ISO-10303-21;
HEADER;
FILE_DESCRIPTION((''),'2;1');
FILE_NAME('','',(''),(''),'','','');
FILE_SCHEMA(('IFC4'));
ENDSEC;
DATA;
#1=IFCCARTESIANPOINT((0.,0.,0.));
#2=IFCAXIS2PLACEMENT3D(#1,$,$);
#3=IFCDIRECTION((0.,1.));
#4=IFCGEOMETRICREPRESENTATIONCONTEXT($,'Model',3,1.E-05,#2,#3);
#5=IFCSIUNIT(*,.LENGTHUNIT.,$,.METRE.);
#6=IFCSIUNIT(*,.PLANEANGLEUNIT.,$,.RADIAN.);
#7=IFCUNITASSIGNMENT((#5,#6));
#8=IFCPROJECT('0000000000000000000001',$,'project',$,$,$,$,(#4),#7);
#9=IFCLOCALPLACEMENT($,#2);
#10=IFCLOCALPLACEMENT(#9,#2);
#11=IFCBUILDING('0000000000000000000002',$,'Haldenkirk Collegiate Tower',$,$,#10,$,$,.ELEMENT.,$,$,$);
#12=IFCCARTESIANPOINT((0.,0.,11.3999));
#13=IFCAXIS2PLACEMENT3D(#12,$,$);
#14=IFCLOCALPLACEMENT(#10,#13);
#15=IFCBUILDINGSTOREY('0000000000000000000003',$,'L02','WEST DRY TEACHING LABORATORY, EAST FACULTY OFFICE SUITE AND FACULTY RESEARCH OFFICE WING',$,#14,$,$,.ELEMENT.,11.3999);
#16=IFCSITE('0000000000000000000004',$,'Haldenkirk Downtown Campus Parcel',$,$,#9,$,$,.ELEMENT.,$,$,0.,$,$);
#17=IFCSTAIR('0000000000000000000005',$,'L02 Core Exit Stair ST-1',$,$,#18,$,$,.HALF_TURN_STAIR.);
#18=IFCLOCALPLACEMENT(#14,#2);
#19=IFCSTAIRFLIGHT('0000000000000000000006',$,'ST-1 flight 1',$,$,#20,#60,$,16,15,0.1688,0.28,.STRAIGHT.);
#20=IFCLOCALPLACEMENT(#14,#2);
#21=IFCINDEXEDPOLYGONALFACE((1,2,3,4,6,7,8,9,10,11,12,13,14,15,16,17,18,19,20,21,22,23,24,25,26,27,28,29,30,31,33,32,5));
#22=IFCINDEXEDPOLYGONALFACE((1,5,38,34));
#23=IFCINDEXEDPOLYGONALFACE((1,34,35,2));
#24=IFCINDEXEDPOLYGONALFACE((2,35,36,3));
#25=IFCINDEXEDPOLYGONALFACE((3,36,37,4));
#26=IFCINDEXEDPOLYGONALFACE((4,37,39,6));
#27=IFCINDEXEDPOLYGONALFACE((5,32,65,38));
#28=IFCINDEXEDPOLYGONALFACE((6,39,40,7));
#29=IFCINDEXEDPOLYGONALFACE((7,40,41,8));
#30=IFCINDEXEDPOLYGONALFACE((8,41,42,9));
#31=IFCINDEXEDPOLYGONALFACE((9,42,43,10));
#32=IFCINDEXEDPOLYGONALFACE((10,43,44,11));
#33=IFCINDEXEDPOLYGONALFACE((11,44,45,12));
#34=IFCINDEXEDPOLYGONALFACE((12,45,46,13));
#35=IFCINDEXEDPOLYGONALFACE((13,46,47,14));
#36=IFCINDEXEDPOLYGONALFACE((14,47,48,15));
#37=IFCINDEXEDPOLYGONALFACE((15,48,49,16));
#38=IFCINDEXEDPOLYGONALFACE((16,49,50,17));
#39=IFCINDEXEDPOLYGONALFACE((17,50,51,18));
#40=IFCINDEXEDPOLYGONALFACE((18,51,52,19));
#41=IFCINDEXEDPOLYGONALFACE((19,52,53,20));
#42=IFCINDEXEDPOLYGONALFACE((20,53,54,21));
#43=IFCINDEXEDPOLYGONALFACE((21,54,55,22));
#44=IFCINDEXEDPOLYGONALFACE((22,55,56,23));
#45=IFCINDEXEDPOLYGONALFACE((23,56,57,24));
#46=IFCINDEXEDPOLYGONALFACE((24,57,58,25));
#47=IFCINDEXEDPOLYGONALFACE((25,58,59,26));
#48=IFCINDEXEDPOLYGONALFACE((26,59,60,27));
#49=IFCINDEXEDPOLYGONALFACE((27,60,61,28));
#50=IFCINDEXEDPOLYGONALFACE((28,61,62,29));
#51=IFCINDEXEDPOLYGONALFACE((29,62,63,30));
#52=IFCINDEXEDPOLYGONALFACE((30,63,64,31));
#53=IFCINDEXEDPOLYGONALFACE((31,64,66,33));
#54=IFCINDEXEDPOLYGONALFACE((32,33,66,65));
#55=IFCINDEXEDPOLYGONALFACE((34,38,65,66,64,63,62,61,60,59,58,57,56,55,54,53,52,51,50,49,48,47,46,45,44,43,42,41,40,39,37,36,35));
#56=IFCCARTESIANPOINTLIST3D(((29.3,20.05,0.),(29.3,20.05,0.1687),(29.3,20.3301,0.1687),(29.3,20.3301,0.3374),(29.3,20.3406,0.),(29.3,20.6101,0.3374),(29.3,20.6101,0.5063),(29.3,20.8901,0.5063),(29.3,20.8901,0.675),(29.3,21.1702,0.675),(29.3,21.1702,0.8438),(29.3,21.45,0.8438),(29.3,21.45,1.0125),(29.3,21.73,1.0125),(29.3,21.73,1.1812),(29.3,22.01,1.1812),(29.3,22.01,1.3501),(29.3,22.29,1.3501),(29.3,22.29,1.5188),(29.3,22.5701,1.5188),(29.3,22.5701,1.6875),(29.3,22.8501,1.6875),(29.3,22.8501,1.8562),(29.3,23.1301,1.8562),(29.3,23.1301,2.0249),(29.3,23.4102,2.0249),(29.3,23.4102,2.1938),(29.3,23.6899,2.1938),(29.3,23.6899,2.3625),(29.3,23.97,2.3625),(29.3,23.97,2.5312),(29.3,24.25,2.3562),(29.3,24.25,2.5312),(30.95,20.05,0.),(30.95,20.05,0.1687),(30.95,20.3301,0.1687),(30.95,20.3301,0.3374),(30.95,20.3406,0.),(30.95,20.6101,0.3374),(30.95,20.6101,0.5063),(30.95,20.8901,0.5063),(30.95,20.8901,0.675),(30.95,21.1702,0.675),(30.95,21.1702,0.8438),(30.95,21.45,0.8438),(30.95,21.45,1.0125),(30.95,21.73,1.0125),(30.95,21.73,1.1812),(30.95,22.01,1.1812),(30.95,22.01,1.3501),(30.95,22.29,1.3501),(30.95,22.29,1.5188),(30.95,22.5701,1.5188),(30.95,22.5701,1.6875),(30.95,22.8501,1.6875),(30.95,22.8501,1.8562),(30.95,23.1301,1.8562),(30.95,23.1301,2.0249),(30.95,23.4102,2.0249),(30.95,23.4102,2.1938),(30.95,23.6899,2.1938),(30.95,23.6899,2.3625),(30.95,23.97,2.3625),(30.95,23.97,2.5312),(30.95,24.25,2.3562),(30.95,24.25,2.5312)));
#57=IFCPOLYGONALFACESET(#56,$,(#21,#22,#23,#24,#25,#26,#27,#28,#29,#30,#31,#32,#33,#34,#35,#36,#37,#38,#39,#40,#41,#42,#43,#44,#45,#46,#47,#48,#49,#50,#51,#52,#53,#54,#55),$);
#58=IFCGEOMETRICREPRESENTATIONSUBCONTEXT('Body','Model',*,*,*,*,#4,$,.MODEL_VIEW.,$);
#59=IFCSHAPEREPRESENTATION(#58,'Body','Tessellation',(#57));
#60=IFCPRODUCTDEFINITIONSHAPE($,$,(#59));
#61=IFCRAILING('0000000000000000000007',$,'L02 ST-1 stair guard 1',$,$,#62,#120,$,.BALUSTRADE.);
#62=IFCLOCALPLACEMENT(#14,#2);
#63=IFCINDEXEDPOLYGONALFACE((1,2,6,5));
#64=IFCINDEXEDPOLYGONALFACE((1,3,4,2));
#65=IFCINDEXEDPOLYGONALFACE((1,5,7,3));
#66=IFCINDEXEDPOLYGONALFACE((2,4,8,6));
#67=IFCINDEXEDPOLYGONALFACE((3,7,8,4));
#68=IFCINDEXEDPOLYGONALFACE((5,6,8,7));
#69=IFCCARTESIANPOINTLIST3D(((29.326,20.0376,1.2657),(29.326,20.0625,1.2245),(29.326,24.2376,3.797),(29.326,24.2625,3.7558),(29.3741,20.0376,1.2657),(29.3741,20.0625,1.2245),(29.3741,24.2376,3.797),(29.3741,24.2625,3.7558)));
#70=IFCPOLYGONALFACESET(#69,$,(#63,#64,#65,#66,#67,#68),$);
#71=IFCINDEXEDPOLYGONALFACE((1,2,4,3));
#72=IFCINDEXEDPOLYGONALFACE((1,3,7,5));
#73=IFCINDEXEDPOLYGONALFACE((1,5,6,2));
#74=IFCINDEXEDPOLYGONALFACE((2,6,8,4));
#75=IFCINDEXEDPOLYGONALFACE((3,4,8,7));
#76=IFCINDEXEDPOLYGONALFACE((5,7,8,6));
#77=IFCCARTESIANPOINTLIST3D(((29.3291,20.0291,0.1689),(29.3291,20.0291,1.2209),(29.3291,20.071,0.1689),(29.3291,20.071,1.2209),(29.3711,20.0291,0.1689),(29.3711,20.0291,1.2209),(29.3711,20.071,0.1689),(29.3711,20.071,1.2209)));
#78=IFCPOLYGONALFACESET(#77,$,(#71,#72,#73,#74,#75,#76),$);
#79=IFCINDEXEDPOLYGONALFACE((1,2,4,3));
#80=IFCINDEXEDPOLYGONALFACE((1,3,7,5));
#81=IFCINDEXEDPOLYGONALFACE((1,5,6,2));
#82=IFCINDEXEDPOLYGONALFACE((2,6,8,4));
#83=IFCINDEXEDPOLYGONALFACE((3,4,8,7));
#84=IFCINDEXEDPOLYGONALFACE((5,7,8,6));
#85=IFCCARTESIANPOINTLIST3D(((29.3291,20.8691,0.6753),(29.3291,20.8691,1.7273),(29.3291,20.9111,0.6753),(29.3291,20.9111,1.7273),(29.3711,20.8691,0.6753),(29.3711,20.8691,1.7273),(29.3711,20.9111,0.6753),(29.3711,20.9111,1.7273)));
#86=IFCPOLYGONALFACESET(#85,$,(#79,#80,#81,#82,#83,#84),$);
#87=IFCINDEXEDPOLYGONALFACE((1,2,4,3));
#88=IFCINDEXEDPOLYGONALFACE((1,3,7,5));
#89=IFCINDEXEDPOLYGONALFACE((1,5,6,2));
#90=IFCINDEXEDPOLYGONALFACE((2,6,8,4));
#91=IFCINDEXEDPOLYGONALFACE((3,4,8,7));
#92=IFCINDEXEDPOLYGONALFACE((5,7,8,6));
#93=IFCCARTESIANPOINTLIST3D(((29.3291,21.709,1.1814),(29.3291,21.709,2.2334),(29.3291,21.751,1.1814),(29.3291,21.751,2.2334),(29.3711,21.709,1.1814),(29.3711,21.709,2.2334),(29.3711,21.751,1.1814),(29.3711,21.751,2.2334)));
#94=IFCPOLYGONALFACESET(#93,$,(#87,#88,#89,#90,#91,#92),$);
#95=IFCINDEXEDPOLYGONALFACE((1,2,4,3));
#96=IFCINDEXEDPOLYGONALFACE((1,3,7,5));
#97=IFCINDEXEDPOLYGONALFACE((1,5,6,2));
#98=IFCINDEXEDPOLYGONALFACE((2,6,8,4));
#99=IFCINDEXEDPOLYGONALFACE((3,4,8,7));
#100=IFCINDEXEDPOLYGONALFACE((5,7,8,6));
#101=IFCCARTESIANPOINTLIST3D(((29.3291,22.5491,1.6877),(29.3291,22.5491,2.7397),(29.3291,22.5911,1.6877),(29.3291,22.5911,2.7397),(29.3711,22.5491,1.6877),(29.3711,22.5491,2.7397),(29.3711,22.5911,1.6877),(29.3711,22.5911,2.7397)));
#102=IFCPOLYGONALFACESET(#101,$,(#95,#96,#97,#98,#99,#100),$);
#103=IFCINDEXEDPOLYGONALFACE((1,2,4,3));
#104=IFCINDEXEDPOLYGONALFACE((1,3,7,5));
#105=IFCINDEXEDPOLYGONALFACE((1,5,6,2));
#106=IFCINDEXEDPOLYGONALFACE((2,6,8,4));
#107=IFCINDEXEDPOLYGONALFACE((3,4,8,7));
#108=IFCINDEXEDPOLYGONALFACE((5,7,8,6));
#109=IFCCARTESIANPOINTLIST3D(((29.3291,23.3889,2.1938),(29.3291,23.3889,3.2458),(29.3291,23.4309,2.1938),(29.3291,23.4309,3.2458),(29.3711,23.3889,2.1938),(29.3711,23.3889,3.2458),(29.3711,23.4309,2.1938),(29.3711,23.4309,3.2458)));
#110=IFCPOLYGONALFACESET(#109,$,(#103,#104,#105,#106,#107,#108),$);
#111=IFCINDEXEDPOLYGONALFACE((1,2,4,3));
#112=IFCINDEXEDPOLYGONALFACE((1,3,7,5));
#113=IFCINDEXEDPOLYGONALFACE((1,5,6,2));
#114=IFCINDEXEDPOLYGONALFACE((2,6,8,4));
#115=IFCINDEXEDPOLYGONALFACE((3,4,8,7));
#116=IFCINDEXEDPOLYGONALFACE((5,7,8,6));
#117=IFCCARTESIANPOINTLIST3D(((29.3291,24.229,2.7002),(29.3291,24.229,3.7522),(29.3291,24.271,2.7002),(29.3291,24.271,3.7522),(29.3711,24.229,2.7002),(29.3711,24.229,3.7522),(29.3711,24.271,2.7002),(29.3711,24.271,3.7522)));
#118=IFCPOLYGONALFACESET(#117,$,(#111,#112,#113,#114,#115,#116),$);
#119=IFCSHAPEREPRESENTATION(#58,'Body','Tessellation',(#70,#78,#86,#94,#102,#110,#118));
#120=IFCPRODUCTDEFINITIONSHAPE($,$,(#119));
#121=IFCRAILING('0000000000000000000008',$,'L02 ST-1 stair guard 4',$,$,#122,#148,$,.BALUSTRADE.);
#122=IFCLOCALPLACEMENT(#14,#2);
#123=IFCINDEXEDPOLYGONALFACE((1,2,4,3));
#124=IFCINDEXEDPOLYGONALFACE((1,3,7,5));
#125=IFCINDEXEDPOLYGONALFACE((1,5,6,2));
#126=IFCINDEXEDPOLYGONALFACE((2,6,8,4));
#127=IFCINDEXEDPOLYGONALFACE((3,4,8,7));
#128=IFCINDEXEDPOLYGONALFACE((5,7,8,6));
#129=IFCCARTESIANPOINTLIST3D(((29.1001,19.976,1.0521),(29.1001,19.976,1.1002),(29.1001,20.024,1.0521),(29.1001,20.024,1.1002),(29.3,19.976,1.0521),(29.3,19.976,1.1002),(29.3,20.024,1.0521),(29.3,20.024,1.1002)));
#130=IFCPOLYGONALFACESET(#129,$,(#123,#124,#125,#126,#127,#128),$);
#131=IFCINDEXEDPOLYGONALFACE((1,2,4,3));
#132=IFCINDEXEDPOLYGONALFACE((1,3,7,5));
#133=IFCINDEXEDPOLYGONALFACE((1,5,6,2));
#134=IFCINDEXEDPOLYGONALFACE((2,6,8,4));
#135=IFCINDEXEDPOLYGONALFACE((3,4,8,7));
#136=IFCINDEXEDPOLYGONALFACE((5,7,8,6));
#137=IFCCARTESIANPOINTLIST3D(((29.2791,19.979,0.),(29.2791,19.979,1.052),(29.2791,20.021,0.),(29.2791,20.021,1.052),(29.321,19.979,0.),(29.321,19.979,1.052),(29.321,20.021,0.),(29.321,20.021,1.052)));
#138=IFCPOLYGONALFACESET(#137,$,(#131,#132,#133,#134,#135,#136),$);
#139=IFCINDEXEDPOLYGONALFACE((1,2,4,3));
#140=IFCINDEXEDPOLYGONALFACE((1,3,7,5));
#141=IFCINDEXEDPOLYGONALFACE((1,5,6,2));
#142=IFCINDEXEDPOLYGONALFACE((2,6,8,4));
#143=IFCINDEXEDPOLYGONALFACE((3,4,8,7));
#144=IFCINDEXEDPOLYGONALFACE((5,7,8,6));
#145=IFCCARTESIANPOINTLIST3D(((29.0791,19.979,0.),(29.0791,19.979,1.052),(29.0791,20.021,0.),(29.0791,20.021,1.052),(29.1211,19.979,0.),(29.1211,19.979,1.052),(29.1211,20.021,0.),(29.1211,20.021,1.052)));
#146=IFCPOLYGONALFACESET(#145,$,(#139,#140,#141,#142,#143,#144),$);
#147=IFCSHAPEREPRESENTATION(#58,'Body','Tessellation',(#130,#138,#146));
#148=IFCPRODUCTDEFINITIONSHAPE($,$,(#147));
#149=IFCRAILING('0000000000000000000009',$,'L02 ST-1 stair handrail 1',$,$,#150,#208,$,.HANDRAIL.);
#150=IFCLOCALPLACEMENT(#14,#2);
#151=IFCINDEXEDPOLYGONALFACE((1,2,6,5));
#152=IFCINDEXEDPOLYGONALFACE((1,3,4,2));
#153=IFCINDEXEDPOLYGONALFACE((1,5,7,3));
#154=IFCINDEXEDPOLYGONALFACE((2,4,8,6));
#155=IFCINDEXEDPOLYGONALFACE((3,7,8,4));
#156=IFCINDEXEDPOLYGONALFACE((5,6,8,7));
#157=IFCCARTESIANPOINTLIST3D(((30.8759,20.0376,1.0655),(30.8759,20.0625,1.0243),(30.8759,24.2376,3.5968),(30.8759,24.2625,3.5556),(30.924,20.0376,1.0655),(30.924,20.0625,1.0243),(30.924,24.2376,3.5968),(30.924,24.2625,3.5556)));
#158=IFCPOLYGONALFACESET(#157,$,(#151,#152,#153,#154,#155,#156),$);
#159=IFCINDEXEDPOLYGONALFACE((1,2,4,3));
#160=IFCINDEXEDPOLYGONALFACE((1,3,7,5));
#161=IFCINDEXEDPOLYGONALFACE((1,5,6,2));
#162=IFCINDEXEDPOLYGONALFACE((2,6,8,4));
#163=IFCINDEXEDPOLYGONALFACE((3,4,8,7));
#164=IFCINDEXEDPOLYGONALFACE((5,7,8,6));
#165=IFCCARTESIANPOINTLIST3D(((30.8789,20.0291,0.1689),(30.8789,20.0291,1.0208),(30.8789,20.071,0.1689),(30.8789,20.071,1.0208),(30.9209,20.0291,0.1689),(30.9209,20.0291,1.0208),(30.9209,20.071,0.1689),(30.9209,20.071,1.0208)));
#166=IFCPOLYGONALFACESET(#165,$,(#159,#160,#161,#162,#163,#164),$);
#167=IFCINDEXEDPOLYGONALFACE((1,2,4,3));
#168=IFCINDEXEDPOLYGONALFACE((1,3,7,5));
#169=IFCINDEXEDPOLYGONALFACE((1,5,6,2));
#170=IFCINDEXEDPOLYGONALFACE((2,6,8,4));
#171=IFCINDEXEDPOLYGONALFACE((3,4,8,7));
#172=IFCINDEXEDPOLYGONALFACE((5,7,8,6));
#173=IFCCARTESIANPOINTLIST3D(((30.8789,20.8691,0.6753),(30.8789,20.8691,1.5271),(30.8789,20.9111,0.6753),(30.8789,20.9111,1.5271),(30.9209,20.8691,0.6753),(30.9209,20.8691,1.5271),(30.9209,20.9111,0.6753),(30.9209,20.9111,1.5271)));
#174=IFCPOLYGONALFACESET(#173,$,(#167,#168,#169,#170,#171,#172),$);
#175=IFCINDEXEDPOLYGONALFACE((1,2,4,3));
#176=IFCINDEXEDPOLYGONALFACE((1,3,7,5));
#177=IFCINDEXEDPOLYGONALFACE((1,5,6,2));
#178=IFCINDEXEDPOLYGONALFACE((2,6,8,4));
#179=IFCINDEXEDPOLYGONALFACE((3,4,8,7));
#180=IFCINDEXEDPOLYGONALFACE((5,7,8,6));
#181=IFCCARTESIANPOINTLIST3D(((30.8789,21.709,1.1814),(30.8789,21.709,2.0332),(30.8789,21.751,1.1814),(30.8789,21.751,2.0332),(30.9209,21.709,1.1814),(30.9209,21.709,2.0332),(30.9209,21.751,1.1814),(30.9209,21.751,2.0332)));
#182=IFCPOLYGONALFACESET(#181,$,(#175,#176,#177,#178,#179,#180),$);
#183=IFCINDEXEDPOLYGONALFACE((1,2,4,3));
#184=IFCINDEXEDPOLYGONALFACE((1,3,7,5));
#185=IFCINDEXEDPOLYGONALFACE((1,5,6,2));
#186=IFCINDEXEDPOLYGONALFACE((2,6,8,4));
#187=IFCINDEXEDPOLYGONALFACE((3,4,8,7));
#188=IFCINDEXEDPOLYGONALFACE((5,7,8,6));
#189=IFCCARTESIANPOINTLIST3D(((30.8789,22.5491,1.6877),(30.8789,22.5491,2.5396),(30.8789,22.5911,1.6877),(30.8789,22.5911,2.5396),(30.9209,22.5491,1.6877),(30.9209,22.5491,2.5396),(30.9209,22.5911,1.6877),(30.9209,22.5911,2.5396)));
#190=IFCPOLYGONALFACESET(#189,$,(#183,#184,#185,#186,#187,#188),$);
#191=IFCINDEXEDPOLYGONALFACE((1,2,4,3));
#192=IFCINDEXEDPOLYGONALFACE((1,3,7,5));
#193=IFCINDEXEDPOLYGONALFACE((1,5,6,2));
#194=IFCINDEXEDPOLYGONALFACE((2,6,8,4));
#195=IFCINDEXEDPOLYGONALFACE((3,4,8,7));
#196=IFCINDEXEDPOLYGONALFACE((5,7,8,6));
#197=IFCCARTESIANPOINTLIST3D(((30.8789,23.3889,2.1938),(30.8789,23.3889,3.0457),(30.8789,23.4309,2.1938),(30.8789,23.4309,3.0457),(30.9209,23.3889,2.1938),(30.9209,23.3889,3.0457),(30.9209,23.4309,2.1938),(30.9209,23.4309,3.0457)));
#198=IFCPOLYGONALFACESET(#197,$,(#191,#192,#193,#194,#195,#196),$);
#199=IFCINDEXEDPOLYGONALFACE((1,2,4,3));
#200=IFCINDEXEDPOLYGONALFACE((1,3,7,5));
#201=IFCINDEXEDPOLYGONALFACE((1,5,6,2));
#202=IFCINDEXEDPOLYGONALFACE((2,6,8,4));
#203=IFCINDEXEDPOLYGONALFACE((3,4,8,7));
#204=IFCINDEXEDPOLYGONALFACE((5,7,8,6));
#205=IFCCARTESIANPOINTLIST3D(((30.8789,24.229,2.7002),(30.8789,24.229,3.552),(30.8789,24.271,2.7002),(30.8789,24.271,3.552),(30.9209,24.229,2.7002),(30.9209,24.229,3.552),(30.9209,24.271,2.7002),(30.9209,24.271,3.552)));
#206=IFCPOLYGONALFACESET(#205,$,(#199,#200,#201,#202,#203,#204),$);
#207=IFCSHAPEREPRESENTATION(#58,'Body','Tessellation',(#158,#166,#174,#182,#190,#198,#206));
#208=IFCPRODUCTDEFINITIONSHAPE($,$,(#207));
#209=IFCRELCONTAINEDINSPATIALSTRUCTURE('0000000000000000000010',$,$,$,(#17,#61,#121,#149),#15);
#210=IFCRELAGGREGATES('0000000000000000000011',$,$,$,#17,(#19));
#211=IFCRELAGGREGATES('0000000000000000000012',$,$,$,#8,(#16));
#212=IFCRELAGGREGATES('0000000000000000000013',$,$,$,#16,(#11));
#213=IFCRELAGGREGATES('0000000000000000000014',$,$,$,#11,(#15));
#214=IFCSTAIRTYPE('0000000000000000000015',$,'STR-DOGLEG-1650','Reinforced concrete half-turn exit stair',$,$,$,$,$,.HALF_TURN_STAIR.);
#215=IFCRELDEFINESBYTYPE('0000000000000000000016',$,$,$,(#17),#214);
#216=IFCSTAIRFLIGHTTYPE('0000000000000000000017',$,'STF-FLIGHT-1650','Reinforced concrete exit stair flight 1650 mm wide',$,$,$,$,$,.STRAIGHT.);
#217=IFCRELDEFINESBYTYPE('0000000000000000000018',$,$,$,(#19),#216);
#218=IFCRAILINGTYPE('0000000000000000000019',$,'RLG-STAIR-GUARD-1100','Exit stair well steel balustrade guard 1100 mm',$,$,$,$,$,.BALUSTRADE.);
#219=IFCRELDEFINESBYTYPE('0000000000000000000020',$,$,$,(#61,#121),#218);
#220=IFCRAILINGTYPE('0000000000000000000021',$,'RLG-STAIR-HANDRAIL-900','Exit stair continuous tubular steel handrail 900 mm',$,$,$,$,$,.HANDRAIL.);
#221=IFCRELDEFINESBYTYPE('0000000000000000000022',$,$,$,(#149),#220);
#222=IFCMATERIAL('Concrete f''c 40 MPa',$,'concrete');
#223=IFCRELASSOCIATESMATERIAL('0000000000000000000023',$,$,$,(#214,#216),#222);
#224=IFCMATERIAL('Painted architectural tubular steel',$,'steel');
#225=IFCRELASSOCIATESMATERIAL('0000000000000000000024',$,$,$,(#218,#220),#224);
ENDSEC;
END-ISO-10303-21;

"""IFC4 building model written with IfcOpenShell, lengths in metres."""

from ifc_helpers import new_model, si_unit, direction, frame, origin, origin_2d, place, context, subcontext, project, spatial, polyline, rectangle, outline, extrude, material, type_object, element, aggregate, save


model = new_model("IFC4")

# Units and contexts
model_context = context("Model", 3, precision=1e-05, world=origin(), true_north=direction((0.0, 1.0)))
body_context = subcontext(model_context, "Body", "Model", "MODEL_VIEW")
ifc_project = project(units=[si_unit("LENGTHUNIT", "METRE"), si_unit("PLANEANGLEUNIT", "RADIAN")], contexts=[model_context])

# Site, building, storey
site_placement = place(None, origin())
site = spatial("IfcSite", under=ifc_project, at=site_placement, Name="Haldenkirk Downtown Campus Parcel", CompositionType="ELEMENT", RefElevation=0.0)
building_placement = place(site_placement, origin())
building = spatial("IfcBuilding", under=site, at=building_placement, Name="Haldenkirk Collegiate Tower", CompositionType="ELEMENT")
storey_placement = place(building_placement, frame((0.0, 0.0, 11.3999)))
storey = spatial("IfcBuildingStorey", under=building, at=storey_placement, Name="L02", Description="WEST DRY TEACHING LABORATORY, EAST FACULTY OFFICE SUITE AND FACULTY RESEARCH OFFICE WING", CompositionType="ELEMENT", Elevation=11.3999)

# Stair, stair flight
ifc_material_1 = material(Name="Concrete f'c 40 MPa", Category="concrete")
stair_type = type_object("IfcStairType", Name="STR-DOGLEG-1650", Description="Reinforced concrete half-turn exit stair", PredefinedType="HALF_TURN_STAIR", material=ifc_material_1)
stair_placement = place(storey_placement, origin())
stair = element("IfcStair", 1, at=stair_placement, inside=storey, type_object=stair_type, Name="L02 Core Exit Stair ST-1", PredefinedType="HALF_TURN_STAIR")
stair_flight_type = type_object("IfcStairFlightType", Name="STF-FLIGHT-1650", Description="Reinforced concrete exit stair flight 1650 mm wide", PredefinedType="STRAIGHT", material=ifc_material_1)
stair_flight_placement = place(storey_placement, frame((30.125, 20.05, 0.0), z_axis=(0.0, 0.0, 1.0), x_axis=(0.0, 1.0, 0.0)))
stair_flight = element("IfcStairFlight", 2, at=stair_flight_placement, type_object=stair_flight_type, Name="ST-1 flight 1", NumberOfRisers=16, NumberOfTreads=15, PredefinedType="STRAIGHT", RiserHeight=0.1688, TreadLength=0.28, context=body_context, shape_type="SweptSolid", body=[
    extrude(outline(polyline([(0.0, 0.0), (0.0, 0.1687), (0.28, 0.1687), (0.28, 0.3374), (0.5601, 0.3374), (0.5601, 0.5063), (0.8401, 0.5063), (0.8401, 0.675), (1.1201, 0.675), (1.1201, 0.8438), (1.3999, 0.8438), (1.3999, 1.0125), (1.6799, 1.0125), (1.6799, 1.1812), (1.96, 1.1812), (1.96, 1.3501), (2.24, 1.3501), (2.24, 1.5188), (2.52, 1.5188), (2.52, 1.6875), (2.8, 1.6875), (2.8, 1.8562), (3.0801, 1.8562), (3.0801, 2.0249), (3.3601, 2.0249), (3.3601, 2.1938), (3.6399, 2.1938), (3.6399, 2.3625), (3.9199, 2.3625), (3.9199, 2.5312), (4.2, 2.5312), (4.2, 2.7), (4.2, 2.3562), (0.2905, 0.0), (0.0, 0.0)])), frame((0.0, 0.825, 0.0), z_axis=(0.0, -1.0, 0.0), x_axis=(1.0, 0.0, 0.0)), (0.0, 0.0, 1.0), 1.6499),
])
aggregate(stair, [stair_flight])

# Railings
ifc_material_2 = material(Name="Painted architectural tubular steel", Category="steel")
railing_type_1 = type_object("IfcRailingType", Name="RLG-STAIR-GUARD-1100", Description="Exit stair well steel balustrade guard 1100 mm", PredefinedType="BALUSTRADE", material=ifc_material_2)
railing_1_placement = place(storey_placement, frame((29.3501, 20.05, 0.1689)))
element("IfcRailing", 3, at=railing_1_placement, inside=storey, type_object=railing_type_1, Name="L02 ST-1 stair guard 1", PredefinedType="BALUSTRADE", context=body_context, shape_type="SweptSolid", body=[
    extrude(rectangle(XDim=0.0481, YDim=0.0481, at=origin_2d()), frame((0.0, 0.0, 1.0762), z_axis=(0.0, 0.856476, 0.516186), x_axis=(-1.0, 0.0, 0.0)), (0.0, 0.0, 1.0), 4.9038),
    extrude(rectangle(XDim=0.042, YDim=0.042, at=origin_2d()), origin(), (0.0, 0.0, 1.0), 1.052),
    extrude(rectangle(XDim=0.042, YDim=0.042, at=origin_2d()), frame((0.0, 0.8401, 0.5063)), (0.0, 0.0, 1.0), 1.052),
    extrude(rectangle(XDim=0.042, YDim=0.042, at=origin_2d()), frame((0.0, 1.6799, 1.0125)), (0.0, 0.0, 1.0), 1.052),
    extrude(rectangle(XDim=0.042, YDim=0.042, at=origin_2d()), frame((0.0, 2.52, 1.5188)), (0.0, 0.0, 1.0), 1.052),
    extrude(rectangle(XDim=0.042, YDim=0.042, at=origin_2d()), frame((0.0, 3.3599, 2.0249)), (0.0, 0.0, 1.0), 1.052),
    extrude(rectangle(XDim=0.042, YDim=0.042, at=origin_2d()), frame((0.0, 4.2, 2.5312)), (0.0, 0.0, 1.0), 1.052),
])
railing_2_placement = place(storey_placement, frame((29.3, 20.0, 0.0)))
element("IfcRailing", 4, at=railing_2_placement, inside=storey, type_object=railing_type_1, Name="L02 ST-1 stair guard 4", PredefinedType="BALUSTRADE", context=body_context, shape_type="SweptSolid", body=[
    extrude(rectangle(XDim=0.0481, YDim=0.0481, at=origin_2d()), frame((0.0, 0.0, 1.0762), z_axis=(-1.0, 0.0, 0.0), x_axis=(0.0, -1.0, 0.0)), (0.0, 0.0, 1.0), 0.2),
    extrude(rectangle(XDim=0.042, YDim=0.042, at=origin_2d()), origin(), (0.0, 0.0, 1.0), 1.052),
    extrude(rectangle(XDim=0.042, YDim=0.042, at=origin_2d()), frame((-0.2, 0.0, 0.0)), (0.0, 0.0, 1.0), 1.052),
])
railing_type_2 = type_object("IfcRailingType", Name="RLG-STAIR-HANDRAIL-900", Description="Exit stair continuous tubular steel handrail 900 mm", PredefinedType="HANDRAIL", material=ifc_material_2)
railing_3_placement = place(storey_placement, frame((30.8999, 20.05, 0.1689)))
element("IfcRailing", 5, at=railing_3_placement, inside=storey, type_object=railing_type_2, Name="L02 ST-1 stair handrail 1", PredefinedType="HANDRAIL", context=body_context, shape_type="SweptSolid", body=[
    extrude(rectangle(XDim=0.0481, YDim=0.0481, at=origin_2d()), frame((0.0, 0.0, 0.876), z_axis=(0.0, 0.856476, 0.516186), x_axis=(-1.0, 0.0, 0.0)), (0.0, 0.0, 1.0), 4.9038),
    extrude(rectangle(XDim=0.042, YDim=0.042, at=origin_2d()), origin(), (0.0, 0.0, 1.0), 0.8518),
    extrude(rectangle(XDim=0.042, YDim=0.042, at=origin_2d()), frame((0.0, 0.8401, 0.5063)), (0.0, 0.0, 1.0), 0.8518),
    extrude(rectangle(XDim=0.042, YDim=0.042, at=origin_2d()), frame((0.0, 1.6799, 1.0125)), (0.0, 0.0, 1.0), 0.8518),
    extrude(rectangle(XDim=0.042, YDim=0.042, at=origin_2d()), frame((0.0, 2.52, 1.5188)), (0.0, 0.0, 1.0), 0.8518),
    extrude(rectangle(XDim=0.042, YDim=0.042, at=origin_2d()), frame((0.0, 3.3599, 2.0249)), (0.0, 0.0, 1.0), 0.8518),
    extrude(rectangle(XDim=0.042, YDim=0.042, at=origin_2d()), frame((0.0, 4.2, 2.5312)), (0.0, 0.0, 1.0), 0.8518),
])

save(model, "model.ifc")
